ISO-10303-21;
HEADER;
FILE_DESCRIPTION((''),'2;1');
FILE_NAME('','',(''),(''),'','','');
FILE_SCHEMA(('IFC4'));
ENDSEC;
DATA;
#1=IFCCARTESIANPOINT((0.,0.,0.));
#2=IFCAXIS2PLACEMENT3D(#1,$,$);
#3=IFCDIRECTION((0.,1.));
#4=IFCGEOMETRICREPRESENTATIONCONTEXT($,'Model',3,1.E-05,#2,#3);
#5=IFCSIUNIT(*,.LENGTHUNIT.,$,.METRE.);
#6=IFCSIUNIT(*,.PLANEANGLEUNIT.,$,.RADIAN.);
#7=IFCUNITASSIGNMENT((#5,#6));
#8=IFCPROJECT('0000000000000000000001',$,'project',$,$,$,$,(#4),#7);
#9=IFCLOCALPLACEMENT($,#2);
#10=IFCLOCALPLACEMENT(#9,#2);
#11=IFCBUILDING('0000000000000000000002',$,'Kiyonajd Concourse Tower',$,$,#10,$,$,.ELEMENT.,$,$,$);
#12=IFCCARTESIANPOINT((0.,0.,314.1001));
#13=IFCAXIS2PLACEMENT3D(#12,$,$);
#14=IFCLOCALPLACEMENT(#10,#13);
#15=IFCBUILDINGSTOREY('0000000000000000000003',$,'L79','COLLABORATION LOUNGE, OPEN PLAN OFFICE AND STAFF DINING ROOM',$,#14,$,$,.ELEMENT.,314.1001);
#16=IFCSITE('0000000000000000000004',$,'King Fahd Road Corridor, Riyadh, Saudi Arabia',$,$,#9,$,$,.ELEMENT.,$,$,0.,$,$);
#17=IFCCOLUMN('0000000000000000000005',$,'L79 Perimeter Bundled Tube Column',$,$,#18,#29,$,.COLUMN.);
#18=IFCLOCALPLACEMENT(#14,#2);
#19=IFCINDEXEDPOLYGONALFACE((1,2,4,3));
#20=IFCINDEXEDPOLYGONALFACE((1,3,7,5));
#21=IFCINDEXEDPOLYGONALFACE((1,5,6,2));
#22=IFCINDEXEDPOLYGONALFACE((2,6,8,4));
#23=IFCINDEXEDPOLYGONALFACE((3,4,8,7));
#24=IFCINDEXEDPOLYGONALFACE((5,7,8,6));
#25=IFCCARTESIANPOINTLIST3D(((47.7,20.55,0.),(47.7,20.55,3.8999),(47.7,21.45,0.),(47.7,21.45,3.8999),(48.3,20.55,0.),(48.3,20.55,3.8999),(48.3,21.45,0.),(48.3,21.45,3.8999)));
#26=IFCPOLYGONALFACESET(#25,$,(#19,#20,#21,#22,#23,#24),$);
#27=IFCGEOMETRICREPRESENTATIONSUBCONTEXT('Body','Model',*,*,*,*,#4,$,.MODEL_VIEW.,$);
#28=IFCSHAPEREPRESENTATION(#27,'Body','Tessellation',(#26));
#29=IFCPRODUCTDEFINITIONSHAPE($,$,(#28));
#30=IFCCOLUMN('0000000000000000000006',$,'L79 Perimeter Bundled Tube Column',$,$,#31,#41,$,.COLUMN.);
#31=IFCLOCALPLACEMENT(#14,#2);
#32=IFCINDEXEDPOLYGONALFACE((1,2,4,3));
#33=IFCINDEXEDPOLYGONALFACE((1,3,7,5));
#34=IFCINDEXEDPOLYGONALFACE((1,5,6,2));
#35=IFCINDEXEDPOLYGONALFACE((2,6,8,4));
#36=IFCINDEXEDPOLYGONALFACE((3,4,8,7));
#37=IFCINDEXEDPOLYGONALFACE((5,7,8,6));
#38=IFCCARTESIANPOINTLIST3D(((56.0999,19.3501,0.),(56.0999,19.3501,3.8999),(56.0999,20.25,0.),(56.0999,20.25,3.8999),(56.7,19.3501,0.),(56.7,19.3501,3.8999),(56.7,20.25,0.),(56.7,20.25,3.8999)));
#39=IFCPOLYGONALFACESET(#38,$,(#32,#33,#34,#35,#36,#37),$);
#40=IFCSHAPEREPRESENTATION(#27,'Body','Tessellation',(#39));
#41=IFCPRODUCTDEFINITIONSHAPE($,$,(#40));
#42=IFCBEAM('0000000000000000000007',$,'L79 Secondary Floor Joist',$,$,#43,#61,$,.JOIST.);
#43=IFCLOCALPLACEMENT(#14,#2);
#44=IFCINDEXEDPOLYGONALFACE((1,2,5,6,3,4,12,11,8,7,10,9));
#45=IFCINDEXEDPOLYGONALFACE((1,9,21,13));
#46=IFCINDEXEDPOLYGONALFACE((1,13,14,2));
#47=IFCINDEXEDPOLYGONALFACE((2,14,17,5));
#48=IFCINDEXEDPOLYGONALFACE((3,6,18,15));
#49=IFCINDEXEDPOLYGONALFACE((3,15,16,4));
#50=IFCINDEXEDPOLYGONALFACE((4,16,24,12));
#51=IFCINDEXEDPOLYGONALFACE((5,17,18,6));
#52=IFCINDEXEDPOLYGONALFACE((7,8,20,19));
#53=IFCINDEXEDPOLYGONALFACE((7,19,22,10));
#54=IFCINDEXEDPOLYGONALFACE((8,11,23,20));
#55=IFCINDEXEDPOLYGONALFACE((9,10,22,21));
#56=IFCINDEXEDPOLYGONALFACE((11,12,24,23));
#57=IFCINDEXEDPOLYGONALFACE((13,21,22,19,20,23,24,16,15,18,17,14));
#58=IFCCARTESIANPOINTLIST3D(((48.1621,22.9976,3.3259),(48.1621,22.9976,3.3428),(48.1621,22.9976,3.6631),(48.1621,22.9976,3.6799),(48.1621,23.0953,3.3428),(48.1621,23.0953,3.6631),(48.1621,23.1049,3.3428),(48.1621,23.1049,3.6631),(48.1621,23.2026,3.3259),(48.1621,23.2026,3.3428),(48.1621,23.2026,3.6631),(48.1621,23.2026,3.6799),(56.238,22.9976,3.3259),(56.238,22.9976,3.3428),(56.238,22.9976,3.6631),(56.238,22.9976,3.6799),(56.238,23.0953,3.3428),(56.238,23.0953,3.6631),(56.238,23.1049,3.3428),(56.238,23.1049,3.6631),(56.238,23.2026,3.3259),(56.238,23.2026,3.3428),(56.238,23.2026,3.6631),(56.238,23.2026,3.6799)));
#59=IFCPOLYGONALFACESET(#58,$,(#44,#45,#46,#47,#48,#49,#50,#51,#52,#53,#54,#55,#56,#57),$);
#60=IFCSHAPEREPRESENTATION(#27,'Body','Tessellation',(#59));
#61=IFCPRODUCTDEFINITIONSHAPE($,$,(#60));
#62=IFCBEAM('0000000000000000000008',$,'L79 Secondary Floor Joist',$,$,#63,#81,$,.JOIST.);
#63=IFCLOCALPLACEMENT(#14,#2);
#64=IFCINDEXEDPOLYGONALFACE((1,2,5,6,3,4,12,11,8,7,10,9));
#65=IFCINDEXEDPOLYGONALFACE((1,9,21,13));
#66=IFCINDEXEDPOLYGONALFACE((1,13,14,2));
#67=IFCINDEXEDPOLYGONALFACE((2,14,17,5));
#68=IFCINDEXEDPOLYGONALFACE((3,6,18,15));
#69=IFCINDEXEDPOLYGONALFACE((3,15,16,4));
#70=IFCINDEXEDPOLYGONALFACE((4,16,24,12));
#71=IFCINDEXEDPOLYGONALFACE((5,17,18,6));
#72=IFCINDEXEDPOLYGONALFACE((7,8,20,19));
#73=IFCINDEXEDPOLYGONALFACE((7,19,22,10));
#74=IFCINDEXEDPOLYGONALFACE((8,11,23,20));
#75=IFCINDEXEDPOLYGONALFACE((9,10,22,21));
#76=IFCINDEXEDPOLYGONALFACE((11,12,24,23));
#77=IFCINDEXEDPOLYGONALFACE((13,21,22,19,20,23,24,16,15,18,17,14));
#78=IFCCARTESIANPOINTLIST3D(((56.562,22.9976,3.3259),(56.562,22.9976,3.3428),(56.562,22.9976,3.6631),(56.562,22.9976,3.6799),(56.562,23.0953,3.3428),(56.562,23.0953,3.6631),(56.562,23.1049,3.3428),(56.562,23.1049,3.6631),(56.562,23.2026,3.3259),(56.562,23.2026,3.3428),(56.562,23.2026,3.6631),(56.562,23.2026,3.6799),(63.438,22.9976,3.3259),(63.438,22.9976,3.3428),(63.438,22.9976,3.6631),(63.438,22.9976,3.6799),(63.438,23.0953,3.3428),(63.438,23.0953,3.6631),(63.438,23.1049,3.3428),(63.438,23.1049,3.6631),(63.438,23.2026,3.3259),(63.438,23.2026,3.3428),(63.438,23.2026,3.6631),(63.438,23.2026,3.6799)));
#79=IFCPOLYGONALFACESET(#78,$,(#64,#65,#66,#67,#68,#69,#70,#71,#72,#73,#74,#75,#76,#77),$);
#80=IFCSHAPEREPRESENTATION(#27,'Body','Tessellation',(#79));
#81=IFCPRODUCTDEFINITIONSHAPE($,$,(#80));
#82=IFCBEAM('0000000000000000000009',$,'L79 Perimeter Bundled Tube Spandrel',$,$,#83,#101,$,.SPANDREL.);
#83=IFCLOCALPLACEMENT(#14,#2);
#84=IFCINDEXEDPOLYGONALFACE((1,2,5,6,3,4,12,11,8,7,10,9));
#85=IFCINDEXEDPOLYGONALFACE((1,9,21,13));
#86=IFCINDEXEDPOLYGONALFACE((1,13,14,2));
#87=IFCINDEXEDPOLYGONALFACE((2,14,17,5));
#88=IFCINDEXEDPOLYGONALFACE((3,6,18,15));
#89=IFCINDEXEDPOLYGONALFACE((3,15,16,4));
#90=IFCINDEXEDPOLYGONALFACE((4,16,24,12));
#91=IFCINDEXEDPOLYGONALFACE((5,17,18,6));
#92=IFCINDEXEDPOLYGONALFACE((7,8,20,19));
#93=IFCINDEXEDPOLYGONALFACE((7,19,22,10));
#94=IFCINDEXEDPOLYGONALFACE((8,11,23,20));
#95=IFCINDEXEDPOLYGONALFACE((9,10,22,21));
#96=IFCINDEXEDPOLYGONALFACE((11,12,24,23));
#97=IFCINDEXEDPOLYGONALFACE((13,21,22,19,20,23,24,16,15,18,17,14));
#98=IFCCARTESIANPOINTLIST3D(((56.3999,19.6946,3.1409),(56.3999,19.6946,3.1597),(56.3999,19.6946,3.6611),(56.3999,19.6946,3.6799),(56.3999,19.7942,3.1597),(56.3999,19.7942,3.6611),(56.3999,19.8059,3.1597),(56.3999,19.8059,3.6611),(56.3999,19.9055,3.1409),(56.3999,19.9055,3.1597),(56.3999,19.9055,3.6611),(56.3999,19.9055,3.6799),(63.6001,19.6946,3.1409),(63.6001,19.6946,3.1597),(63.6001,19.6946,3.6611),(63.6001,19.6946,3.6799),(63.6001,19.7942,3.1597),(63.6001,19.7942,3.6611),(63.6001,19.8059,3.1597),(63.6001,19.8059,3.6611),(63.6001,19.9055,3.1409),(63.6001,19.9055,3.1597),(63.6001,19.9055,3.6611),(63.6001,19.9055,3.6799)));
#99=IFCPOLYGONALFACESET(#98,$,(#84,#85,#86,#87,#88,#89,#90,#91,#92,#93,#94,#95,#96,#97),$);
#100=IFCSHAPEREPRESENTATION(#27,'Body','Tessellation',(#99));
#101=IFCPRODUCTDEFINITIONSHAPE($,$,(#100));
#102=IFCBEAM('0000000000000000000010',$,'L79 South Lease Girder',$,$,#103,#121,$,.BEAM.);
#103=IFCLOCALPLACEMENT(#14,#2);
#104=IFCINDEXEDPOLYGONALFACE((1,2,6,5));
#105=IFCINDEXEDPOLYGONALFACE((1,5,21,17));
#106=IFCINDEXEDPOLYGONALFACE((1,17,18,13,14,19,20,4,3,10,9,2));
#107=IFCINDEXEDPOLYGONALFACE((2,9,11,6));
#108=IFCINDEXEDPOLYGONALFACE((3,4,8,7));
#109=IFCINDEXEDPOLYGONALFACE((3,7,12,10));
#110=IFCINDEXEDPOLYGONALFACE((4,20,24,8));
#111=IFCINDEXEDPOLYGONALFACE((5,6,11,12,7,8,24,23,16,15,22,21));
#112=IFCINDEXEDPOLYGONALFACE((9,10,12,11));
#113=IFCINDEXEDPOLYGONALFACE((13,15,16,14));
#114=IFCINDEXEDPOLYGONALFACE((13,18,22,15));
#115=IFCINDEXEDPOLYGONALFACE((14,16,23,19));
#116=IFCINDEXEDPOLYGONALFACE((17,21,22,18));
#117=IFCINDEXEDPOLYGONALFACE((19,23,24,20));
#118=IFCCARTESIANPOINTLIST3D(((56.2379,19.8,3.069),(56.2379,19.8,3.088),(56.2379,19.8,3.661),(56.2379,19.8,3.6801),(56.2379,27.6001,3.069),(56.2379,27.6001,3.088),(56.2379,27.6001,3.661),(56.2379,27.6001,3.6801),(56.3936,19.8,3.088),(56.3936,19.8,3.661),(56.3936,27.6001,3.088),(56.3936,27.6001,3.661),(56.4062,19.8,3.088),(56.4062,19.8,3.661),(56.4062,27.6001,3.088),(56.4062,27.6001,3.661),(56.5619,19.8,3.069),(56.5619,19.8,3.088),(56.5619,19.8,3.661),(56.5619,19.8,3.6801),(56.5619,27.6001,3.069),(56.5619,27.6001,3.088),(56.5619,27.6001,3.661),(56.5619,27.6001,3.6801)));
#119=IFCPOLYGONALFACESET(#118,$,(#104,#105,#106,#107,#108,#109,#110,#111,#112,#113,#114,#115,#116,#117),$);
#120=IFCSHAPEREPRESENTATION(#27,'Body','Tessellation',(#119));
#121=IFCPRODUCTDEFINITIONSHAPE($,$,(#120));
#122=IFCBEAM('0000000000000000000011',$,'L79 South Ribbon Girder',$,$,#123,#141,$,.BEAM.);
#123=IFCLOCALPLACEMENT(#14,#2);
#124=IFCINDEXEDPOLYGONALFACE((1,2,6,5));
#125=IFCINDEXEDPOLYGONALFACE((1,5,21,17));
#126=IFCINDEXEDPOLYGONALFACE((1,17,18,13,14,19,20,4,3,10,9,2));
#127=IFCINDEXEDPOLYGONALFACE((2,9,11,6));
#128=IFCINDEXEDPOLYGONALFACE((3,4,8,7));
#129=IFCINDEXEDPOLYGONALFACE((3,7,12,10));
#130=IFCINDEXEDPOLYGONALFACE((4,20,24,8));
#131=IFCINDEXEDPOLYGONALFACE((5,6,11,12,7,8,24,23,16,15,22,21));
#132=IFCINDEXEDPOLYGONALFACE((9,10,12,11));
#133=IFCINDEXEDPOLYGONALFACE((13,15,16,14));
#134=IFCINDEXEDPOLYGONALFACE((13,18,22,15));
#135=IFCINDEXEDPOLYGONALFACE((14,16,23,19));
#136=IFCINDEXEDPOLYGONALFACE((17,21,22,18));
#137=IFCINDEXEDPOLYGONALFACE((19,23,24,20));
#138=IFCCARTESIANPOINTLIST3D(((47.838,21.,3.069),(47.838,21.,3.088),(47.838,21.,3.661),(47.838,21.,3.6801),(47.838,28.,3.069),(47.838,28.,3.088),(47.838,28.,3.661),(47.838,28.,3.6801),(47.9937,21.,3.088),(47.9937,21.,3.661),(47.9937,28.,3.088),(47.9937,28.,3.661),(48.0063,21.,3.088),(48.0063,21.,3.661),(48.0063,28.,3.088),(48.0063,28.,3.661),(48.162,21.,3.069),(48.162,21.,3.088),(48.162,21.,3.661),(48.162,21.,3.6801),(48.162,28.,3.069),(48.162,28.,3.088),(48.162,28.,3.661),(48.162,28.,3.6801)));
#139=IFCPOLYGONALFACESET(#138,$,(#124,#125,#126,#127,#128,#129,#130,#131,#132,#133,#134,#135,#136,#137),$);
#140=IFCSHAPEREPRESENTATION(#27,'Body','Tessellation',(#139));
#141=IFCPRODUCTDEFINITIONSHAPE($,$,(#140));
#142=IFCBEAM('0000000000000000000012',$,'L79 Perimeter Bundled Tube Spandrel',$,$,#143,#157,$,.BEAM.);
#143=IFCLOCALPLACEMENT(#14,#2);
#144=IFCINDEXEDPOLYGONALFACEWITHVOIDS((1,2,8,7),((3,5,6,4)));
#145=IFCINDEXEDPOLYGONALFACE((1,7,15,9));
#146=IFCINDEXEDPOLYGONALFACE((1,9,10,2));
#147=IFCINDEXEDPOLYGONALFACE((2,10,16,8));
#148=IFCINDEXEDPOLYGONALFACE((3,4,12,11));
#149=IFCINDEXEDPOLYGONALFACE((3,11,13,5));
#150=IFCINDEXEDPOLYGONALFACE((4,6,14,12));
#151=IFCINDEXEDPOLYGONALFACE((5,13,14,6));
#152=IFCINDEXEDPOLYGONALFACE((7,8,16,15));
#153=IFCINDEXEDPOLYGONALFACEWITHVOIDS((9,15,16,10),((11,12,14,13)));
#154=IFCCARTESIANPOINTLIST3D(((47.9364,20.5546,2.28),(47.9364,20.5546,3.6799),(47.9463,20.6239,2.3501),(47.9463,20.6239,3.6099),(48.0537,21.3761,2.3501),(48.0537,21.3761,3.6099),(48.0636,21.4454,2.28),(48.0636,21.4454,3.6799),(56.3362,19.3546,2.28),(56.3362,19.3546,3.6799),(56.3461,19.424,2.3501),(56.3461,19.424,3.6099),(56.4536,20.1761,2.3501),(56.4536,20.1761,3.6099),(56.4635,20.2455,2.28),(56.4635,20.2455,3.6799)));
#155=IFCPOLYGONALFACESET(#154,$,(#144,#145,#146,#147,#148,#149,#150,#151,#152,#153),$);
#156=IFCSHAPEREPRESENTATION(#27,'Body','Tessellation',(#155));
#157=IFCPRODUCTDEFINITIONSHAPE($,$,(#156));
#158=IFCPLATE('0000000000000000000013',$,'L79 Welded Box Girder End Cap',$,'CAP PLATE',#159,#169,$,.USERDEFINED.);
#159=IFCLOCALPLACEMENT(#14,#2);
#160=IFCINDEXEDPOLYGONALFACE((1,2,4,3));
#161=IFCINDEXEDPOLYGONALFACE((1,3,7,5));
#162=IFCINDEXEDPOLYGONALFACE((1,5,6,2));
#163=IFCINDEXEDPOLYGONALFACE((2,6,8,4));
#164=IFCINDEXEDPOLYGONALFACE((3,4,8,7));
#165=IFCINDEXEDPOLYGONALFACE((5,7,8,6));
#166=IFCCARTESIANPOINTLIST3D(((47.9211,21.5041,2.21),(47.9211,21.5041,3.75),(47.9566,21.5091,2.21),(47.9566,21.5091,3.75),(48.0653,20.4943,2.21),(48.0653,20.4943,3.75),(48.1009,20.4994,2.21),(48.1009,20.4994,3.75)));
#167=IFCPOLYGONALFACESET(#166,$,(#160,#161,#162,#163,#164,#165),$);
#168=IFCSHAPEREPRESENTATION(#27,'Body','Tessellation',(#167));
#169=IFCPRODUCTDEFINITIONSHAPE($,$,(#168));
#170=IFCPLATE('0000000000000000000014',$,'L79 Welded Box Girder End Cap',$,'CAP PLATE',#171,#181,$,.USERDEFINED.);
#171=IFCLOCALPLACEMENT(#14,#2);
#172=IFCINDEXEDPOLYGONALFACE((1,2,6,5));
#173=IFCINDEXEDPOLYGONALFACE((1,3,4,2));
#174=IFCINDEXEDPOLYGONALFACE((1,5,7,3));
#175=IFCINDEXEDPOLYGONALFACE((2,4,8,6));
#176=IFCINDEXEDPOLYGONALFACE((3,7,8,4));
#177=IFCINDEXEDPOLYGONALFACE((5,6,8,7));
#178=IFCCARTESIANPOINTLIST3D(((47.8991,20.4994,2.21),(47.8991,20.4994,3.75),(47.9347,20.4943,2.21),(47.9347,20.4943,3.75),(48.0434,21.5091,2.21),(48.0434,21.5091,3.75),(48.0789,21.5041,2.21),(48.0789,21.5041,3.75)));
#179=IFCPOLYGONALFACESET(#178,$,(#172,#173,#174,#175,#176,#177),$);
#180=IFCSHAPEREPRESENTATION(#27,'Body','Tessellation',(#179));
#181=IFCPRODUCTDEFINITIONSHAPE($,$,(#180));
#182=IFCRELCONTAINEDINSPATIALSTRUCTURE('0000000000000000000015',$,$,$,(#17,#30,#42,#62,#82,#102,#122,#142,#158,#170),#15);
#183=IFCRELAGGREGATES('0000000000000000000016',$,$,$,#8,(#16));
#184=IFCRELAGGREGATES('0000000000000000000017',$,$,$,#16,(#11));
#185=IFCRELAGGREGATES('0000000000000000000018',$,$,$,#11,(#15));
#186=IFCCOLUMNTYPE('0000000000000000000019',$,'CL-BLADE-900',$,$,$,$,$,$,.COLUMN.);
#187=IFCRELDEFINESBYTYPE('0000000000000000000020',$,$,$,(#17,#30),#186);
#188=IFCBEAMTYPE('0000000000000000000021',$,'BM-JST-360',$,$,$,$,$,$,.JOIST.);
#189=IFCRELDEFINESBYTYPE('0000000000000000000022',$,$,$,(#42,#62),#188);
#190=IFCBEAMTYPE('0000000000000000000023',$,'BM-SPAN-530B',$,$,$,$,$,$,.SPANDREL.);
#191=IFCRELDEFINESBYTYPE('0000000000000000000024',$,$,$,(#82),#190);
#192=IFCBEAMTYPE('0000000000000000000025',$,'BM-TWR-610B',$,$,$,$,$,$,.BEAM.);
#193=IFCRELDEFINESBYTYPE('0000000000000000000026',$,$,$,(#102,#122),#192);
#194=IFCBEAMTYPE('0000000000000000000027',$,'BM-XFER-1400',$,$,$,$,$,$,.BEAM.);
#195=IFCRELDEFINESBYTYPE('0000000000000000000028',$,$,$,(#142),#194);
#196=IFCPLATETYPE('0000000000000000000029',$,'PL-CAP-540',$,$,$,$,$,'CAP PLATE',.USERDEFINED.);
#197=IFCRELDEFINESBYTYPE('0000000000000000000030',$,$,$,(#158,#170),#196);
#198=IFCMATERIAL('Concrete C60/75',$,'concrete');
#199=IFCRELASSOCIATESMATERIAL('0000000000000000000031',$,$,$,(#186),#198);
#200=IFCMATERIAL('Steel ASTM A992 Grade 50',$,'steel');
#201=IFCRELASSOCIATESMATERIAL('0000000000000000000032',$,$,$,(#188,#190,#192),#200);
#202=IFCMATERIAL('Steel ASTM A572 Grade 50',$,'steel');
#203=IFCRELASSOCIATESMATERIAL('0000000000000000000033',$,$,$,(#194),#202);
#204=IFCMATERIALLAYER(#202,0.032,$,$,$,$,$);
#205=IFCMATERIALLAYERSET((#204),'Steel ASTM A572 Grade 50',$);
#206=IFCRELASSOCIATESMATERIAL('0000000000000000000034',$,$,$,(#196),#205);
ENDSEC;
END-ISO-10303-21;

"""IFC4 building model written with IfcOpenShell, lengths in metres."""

from ifc_helpers import new_model, si_unit, direction, frame, origin, origin_2d, place, context, subcontext, project, spatial, rectangle, hollow_rectangle, i_section, extrude, material, layer, layer_set, material_profile, profile_set, type_object, element, save


model = new_model("IFC4")

# Units and contexts
model_context = context("Model", 3, precision=1e-05, world=origin(), true_north=direction((0.0, 1.0)))
body_context = subcontext(model_context, "Body", "Model", "MODEL_VIEW")
ifc_project = project(units=[si_unit("LENGTHUNIT", "METRE"), si_unit("PLANEANGLEUNIT", "RADIAN")], contexts=[model_context])

# Site, building, storey
site_placement = place(None, origin())
site = spatial("IfcSite", under=ifc_project, at=site_placement, Name="King Fahd Road Corridor, Riyadh, Saudi Arabia", CompositionType="ELEMENT", RefElevation=0.0)
building_placement = place(site_placement, origin())
building = spatial("IfcBuilding", under=site, at=building_placement, Name="Kiyonajd Concourse Tower", CompositionType="ELEMENT")
storey_placement = place(building_placement, frame((0.0, 0.0, 314.1001)))
storey = spatial("IfcBuildingStorey", under=building, at=storey_placement, Name="L79", Description="COLLABORATION LOUNGE, OPEN PLAN OFFICE AND STAFF DINING ROOM", CompositionType="ELEMENT", Elevation=314.1001)

# Columns
ifc_material_1 = material(Name="Concrete C60/75", Category="concrete")
ifc_material_profile_1 = material_profile(ifc_material_1, rectangle(XDim=0.6001, YDim=0.8999, at=origin_2d()), Name="RC-900x600")
ifc_profile_set_1 = profile_set([ifc_material_profile_1], Name="Concrete C60/75")
column_type = type_object("IfcColumnType", Name="CL-BLADE-900", PredefinedType="COLUMN", material=ifc_profile_set_1)
for number, where, z_axis, x_axis, name in (
    (1, (48.0, 21.0, 0.0), (0.0, 0.0, 1.0), (1.0, 0.0, 0.0), "L79 Perimeter Bundled Tube Column"),
    (2, (56.3999, 19.8, 0.0), (0.0, 0.0, 1.0), (1.0, 0.0, 0.0), "L79 Perimeter Bundled Tube Column"),
):
    element("IfcColumn", number, at=place(storey_placement, frame(where, z_axis=z_axis, x_axis=x_axis)), inside=storey, type_object=column_type, Name=name, PredefinedType="COLUMN", context=body_context, shape_type="SweptSolid", body=[
        extrude(rectangle(XDim=0.6001, YDim=0.8999, at=origin_2d()), origin(), (0.0, 0.0, 1.0), 3.8999),
    ])

# Beams
ifc_material_2 = material(Name="Steel ASTM A992 Grade 50", Category="steel")
ifc_material_profile_2 = material_profile(ifc_material_2, i_section(OverallWidth=0.2051, OverallDepth=0.354, WebThickness=0.0095, FlangeThickness=0.0168, at=origin_2d()), Name="W360X79")
ifc_profile_set_2 = profile_set([ifc_material_profile_2], Name="Steel ASTM A992 Grade 50")
beam_type_1 = type_object("IfcBeamType", Name="BM-JST-360", PredefinedType="JOIST", material=ifc_profile_set_2)
beam_1_placement = place(storey_placement, frame((48.1621, 23.1001, 3.5029), z_axis=(1.0, 0.0, 0.0), x_axis=(0.0, 1.0, 0.0)))
element("IfcBeam", 3, at=beam_1_placement, inside=storey, type_object=beam_type_1, Name="L79 Secondary Floor Joist", PredefinedType="JOIST", context=body_context, shape_type="SweptSolid", body=[
    extrude(i_section(OverallWidth=0.2051, OverallDepth=0.354, WebThickness=0.0095, FlangeThickness=0.0168, at=origin_2d()), origin(), (0.0, 0.0, 1.0), 8.0759),
])
beam_2_placement = place(storey_placement, frame((56.562, 23.1001, 3.5029), z_axis=(1.0, 0.0, 0.0), x_axis=(0.0, 1.0, 0.0)))
element("IfcBeam", 4, at=beam_2_placement, inside=storey, type_object=beam_type_1, Name="L79 Secondary Floor Joist", PredefinedType="JOIST", context=body_context, shape_type="SweptSolid", body=[
    extrude(i_section(OverallWidth=0.2051, OverallDepth=0.354, WebThickness=0.0095, FlangeThickness=0.0168, at=origin_2d()), origin(), (0.0, 0.0, 1.0), 6.876),
])
ifc_material_profile_3 = material_profile(ifc_material_2, i_section(OverallWidth=0.2109, OverallDepth=0.5391, WebThickness=0.0117, FlangeThickness=0.0188, at=origin_2d()), Name="W530X109")
ifc_profile_set_3 = profile_set([ifc_material_profile_3], Name="Steel ASTM A992 Grade 50")
beam_type_2 = type_object("IfcBeamType", Name="BM-SPAN-530B", PredefinedType="SPANDREL", material=ifc_profile_set_3)
beam_3_placement = place(storey_placement, frame((56.3999, 19.8, 3.4104), z_axis=(1.0, 0.0, 0.0), x_axis=(0.0, 1.0, 0.0)))
element("IfcBeam", 5, at=beam_3_placement, inside=storey, type_object=beam_type_2, Name="L79 Perimeter Bundled Tube Spandrel", PredefinedType="SPANDREL", context=body_context, shape_type="SweptSolid", body=[
    extrude(i_section(OverallWidth=0.2109, OverallDepth=0.5391, WebThickness=0.0117, FlangeThickness=0.0188, at=origin_2d()), origin(), (0.0, 0.0, 1.0), 7.2002),
])
ifc_material_profile_4 = material_profile(ifc_material_2, i_section(OverallWidth=0.324, OverallDepth=0.6111, WebThickness=0.0127, FlangeThickness=0.019, at=origin_2d()), Name="W610X155")
ifc_profile_set_4 = profile_set([ifc_material_profile_4], Name="Steel ASTM A992 Grade 50")
beam_type_3 = type_object("IfcBeamType", Name="BM-TWR-610B", PredefinedType="BEAM", material=ifc_profile_set_4)
beam_4_placement = place(storey_placement, frame((56.3999, 19.8, 3.3745), z_axis=(0.0, 1.0, 0.0), x_axis=(-1.0, 0.0, 0.0)))
element("IfcBeam", 6, at=beam_4_placement, inside=storey, type_object=beam_type_3, Name="L79 South Lease Girder", PredefinedType="BEAM", context=body_context, shape_type="SweptSolid", body=[
    extrude(i_section(OverallWidth=0.324, OverallDepth=0.6111, WebThickness=0.0127, FlangeThickness=0.019, at=origin_2d()), origin(), (0.0, 0.0, 1.0), 7.8),
])
beam_5_placement = place(storey_placement, frame((48.0, 21.0, 3.3745), z_axis=(0.0, 1.0, 0.0), x_axis=(-1.0, 0.0, 0.0)))
element("IfcBeam", 7, at=beam_5_placement, inside=storey, type_object=beam_type_3, Name="L79 South Ribbon Girder", PredefinedType="BEAM", context=body_context, shape_type="SweptSolid", body=[
    extrude(i_section(OverallWidth=0.324, OverallDepth=0.6111, WebThickness=0.0127, FlangeThickness=0.019, at=origin_2d()), origin(), (0.0, 0.0, 1.0), 7.0),
])
ifc_material_3 = material(Name="Steel ASTM A572 Grade 50", Category="steel")
ifc_material_profile_5 = material_profile(ifc_material_3, hollow_rectangle(XDim=0.8999, YDim=1.3999, WallThickness=0.0701, at=origin_2d()), Name="BOX-1400x900x70")
ifc_profile_set_5 = profile_set([ifc_material_profile_5], Name="Steel ASTM A572 Grade 50")
beam_type_4 = type_object("IfcBeamType", Name="BM-XFER-1400", PredefinedType="BEAM", material=ifc_profile_set_5)
beam_6_placement = place(storey_placement, frame((48.0, 21.0, 2.98), z_axis=(0.98995, -0.141417, 0.0), x_axis=(0.141417, 0.98995, 0.0)))
element("IfcBeam", 8, at=beam_6_placement, inside=storey, type_object=beam_type_4, Name="L79 Perimeter Bundled Tube Spandrel", PredefinedType="BEAM", context=body_context, shape_type="SweptSolid", body=[
    extrude(hollow_rectangle(XDim=0.8999, YDim=1.3999, WallThickness=0.0701, at=origin_2d()), origin(), (0.0, 0.0, 1.0), 8.4851),
])

# Plates
ifc_layer_1 = layer(ifc_material_3, 0.032)
ifc_layer_set_1 = layer_set([ifc_layer_1], Name="Steel ASTM A572 Grade 50")
plate_type_1 = type_object("IfcPlateType", Name="PL-CAP-540", ElementType="CAP PLATE", PredefinedType="USERDEFINED", material=ifc_layer_set_1)
for number, where, z_axis, x_axis, name in (
    (9, (48.011, 21.0017, 2.21), (0.0, 0.0, 1.0), (0.98995, 0.14142, 0.0), "L79 Welded Box Girder End Cap"),
    (10, (47.989, 21.0017, 2.21), (0.0, 0.0, 1.0), (-0.98995, 0.14142, 0.0), "L79 Welded Box Girder End Cap"),
):
    element("IfcPlate", number, at=place(storey_placement, frame(where, z_axis=z_axis, x_axis=x_axis)), inside=storey, type_object=plate_type_1, Name=name, ObjectType="CAP PLATE", PredefinedType="USERDEFINED", context=body_context, shape_type="SweptSolid", body=[
        extrude(rectangle(XDim=0.0359, YDim=1.02, at=origin_2d()), origin(), (0.0, 0.0, 1.0), 1.54),
    ])

save(model, "model.ifc")
